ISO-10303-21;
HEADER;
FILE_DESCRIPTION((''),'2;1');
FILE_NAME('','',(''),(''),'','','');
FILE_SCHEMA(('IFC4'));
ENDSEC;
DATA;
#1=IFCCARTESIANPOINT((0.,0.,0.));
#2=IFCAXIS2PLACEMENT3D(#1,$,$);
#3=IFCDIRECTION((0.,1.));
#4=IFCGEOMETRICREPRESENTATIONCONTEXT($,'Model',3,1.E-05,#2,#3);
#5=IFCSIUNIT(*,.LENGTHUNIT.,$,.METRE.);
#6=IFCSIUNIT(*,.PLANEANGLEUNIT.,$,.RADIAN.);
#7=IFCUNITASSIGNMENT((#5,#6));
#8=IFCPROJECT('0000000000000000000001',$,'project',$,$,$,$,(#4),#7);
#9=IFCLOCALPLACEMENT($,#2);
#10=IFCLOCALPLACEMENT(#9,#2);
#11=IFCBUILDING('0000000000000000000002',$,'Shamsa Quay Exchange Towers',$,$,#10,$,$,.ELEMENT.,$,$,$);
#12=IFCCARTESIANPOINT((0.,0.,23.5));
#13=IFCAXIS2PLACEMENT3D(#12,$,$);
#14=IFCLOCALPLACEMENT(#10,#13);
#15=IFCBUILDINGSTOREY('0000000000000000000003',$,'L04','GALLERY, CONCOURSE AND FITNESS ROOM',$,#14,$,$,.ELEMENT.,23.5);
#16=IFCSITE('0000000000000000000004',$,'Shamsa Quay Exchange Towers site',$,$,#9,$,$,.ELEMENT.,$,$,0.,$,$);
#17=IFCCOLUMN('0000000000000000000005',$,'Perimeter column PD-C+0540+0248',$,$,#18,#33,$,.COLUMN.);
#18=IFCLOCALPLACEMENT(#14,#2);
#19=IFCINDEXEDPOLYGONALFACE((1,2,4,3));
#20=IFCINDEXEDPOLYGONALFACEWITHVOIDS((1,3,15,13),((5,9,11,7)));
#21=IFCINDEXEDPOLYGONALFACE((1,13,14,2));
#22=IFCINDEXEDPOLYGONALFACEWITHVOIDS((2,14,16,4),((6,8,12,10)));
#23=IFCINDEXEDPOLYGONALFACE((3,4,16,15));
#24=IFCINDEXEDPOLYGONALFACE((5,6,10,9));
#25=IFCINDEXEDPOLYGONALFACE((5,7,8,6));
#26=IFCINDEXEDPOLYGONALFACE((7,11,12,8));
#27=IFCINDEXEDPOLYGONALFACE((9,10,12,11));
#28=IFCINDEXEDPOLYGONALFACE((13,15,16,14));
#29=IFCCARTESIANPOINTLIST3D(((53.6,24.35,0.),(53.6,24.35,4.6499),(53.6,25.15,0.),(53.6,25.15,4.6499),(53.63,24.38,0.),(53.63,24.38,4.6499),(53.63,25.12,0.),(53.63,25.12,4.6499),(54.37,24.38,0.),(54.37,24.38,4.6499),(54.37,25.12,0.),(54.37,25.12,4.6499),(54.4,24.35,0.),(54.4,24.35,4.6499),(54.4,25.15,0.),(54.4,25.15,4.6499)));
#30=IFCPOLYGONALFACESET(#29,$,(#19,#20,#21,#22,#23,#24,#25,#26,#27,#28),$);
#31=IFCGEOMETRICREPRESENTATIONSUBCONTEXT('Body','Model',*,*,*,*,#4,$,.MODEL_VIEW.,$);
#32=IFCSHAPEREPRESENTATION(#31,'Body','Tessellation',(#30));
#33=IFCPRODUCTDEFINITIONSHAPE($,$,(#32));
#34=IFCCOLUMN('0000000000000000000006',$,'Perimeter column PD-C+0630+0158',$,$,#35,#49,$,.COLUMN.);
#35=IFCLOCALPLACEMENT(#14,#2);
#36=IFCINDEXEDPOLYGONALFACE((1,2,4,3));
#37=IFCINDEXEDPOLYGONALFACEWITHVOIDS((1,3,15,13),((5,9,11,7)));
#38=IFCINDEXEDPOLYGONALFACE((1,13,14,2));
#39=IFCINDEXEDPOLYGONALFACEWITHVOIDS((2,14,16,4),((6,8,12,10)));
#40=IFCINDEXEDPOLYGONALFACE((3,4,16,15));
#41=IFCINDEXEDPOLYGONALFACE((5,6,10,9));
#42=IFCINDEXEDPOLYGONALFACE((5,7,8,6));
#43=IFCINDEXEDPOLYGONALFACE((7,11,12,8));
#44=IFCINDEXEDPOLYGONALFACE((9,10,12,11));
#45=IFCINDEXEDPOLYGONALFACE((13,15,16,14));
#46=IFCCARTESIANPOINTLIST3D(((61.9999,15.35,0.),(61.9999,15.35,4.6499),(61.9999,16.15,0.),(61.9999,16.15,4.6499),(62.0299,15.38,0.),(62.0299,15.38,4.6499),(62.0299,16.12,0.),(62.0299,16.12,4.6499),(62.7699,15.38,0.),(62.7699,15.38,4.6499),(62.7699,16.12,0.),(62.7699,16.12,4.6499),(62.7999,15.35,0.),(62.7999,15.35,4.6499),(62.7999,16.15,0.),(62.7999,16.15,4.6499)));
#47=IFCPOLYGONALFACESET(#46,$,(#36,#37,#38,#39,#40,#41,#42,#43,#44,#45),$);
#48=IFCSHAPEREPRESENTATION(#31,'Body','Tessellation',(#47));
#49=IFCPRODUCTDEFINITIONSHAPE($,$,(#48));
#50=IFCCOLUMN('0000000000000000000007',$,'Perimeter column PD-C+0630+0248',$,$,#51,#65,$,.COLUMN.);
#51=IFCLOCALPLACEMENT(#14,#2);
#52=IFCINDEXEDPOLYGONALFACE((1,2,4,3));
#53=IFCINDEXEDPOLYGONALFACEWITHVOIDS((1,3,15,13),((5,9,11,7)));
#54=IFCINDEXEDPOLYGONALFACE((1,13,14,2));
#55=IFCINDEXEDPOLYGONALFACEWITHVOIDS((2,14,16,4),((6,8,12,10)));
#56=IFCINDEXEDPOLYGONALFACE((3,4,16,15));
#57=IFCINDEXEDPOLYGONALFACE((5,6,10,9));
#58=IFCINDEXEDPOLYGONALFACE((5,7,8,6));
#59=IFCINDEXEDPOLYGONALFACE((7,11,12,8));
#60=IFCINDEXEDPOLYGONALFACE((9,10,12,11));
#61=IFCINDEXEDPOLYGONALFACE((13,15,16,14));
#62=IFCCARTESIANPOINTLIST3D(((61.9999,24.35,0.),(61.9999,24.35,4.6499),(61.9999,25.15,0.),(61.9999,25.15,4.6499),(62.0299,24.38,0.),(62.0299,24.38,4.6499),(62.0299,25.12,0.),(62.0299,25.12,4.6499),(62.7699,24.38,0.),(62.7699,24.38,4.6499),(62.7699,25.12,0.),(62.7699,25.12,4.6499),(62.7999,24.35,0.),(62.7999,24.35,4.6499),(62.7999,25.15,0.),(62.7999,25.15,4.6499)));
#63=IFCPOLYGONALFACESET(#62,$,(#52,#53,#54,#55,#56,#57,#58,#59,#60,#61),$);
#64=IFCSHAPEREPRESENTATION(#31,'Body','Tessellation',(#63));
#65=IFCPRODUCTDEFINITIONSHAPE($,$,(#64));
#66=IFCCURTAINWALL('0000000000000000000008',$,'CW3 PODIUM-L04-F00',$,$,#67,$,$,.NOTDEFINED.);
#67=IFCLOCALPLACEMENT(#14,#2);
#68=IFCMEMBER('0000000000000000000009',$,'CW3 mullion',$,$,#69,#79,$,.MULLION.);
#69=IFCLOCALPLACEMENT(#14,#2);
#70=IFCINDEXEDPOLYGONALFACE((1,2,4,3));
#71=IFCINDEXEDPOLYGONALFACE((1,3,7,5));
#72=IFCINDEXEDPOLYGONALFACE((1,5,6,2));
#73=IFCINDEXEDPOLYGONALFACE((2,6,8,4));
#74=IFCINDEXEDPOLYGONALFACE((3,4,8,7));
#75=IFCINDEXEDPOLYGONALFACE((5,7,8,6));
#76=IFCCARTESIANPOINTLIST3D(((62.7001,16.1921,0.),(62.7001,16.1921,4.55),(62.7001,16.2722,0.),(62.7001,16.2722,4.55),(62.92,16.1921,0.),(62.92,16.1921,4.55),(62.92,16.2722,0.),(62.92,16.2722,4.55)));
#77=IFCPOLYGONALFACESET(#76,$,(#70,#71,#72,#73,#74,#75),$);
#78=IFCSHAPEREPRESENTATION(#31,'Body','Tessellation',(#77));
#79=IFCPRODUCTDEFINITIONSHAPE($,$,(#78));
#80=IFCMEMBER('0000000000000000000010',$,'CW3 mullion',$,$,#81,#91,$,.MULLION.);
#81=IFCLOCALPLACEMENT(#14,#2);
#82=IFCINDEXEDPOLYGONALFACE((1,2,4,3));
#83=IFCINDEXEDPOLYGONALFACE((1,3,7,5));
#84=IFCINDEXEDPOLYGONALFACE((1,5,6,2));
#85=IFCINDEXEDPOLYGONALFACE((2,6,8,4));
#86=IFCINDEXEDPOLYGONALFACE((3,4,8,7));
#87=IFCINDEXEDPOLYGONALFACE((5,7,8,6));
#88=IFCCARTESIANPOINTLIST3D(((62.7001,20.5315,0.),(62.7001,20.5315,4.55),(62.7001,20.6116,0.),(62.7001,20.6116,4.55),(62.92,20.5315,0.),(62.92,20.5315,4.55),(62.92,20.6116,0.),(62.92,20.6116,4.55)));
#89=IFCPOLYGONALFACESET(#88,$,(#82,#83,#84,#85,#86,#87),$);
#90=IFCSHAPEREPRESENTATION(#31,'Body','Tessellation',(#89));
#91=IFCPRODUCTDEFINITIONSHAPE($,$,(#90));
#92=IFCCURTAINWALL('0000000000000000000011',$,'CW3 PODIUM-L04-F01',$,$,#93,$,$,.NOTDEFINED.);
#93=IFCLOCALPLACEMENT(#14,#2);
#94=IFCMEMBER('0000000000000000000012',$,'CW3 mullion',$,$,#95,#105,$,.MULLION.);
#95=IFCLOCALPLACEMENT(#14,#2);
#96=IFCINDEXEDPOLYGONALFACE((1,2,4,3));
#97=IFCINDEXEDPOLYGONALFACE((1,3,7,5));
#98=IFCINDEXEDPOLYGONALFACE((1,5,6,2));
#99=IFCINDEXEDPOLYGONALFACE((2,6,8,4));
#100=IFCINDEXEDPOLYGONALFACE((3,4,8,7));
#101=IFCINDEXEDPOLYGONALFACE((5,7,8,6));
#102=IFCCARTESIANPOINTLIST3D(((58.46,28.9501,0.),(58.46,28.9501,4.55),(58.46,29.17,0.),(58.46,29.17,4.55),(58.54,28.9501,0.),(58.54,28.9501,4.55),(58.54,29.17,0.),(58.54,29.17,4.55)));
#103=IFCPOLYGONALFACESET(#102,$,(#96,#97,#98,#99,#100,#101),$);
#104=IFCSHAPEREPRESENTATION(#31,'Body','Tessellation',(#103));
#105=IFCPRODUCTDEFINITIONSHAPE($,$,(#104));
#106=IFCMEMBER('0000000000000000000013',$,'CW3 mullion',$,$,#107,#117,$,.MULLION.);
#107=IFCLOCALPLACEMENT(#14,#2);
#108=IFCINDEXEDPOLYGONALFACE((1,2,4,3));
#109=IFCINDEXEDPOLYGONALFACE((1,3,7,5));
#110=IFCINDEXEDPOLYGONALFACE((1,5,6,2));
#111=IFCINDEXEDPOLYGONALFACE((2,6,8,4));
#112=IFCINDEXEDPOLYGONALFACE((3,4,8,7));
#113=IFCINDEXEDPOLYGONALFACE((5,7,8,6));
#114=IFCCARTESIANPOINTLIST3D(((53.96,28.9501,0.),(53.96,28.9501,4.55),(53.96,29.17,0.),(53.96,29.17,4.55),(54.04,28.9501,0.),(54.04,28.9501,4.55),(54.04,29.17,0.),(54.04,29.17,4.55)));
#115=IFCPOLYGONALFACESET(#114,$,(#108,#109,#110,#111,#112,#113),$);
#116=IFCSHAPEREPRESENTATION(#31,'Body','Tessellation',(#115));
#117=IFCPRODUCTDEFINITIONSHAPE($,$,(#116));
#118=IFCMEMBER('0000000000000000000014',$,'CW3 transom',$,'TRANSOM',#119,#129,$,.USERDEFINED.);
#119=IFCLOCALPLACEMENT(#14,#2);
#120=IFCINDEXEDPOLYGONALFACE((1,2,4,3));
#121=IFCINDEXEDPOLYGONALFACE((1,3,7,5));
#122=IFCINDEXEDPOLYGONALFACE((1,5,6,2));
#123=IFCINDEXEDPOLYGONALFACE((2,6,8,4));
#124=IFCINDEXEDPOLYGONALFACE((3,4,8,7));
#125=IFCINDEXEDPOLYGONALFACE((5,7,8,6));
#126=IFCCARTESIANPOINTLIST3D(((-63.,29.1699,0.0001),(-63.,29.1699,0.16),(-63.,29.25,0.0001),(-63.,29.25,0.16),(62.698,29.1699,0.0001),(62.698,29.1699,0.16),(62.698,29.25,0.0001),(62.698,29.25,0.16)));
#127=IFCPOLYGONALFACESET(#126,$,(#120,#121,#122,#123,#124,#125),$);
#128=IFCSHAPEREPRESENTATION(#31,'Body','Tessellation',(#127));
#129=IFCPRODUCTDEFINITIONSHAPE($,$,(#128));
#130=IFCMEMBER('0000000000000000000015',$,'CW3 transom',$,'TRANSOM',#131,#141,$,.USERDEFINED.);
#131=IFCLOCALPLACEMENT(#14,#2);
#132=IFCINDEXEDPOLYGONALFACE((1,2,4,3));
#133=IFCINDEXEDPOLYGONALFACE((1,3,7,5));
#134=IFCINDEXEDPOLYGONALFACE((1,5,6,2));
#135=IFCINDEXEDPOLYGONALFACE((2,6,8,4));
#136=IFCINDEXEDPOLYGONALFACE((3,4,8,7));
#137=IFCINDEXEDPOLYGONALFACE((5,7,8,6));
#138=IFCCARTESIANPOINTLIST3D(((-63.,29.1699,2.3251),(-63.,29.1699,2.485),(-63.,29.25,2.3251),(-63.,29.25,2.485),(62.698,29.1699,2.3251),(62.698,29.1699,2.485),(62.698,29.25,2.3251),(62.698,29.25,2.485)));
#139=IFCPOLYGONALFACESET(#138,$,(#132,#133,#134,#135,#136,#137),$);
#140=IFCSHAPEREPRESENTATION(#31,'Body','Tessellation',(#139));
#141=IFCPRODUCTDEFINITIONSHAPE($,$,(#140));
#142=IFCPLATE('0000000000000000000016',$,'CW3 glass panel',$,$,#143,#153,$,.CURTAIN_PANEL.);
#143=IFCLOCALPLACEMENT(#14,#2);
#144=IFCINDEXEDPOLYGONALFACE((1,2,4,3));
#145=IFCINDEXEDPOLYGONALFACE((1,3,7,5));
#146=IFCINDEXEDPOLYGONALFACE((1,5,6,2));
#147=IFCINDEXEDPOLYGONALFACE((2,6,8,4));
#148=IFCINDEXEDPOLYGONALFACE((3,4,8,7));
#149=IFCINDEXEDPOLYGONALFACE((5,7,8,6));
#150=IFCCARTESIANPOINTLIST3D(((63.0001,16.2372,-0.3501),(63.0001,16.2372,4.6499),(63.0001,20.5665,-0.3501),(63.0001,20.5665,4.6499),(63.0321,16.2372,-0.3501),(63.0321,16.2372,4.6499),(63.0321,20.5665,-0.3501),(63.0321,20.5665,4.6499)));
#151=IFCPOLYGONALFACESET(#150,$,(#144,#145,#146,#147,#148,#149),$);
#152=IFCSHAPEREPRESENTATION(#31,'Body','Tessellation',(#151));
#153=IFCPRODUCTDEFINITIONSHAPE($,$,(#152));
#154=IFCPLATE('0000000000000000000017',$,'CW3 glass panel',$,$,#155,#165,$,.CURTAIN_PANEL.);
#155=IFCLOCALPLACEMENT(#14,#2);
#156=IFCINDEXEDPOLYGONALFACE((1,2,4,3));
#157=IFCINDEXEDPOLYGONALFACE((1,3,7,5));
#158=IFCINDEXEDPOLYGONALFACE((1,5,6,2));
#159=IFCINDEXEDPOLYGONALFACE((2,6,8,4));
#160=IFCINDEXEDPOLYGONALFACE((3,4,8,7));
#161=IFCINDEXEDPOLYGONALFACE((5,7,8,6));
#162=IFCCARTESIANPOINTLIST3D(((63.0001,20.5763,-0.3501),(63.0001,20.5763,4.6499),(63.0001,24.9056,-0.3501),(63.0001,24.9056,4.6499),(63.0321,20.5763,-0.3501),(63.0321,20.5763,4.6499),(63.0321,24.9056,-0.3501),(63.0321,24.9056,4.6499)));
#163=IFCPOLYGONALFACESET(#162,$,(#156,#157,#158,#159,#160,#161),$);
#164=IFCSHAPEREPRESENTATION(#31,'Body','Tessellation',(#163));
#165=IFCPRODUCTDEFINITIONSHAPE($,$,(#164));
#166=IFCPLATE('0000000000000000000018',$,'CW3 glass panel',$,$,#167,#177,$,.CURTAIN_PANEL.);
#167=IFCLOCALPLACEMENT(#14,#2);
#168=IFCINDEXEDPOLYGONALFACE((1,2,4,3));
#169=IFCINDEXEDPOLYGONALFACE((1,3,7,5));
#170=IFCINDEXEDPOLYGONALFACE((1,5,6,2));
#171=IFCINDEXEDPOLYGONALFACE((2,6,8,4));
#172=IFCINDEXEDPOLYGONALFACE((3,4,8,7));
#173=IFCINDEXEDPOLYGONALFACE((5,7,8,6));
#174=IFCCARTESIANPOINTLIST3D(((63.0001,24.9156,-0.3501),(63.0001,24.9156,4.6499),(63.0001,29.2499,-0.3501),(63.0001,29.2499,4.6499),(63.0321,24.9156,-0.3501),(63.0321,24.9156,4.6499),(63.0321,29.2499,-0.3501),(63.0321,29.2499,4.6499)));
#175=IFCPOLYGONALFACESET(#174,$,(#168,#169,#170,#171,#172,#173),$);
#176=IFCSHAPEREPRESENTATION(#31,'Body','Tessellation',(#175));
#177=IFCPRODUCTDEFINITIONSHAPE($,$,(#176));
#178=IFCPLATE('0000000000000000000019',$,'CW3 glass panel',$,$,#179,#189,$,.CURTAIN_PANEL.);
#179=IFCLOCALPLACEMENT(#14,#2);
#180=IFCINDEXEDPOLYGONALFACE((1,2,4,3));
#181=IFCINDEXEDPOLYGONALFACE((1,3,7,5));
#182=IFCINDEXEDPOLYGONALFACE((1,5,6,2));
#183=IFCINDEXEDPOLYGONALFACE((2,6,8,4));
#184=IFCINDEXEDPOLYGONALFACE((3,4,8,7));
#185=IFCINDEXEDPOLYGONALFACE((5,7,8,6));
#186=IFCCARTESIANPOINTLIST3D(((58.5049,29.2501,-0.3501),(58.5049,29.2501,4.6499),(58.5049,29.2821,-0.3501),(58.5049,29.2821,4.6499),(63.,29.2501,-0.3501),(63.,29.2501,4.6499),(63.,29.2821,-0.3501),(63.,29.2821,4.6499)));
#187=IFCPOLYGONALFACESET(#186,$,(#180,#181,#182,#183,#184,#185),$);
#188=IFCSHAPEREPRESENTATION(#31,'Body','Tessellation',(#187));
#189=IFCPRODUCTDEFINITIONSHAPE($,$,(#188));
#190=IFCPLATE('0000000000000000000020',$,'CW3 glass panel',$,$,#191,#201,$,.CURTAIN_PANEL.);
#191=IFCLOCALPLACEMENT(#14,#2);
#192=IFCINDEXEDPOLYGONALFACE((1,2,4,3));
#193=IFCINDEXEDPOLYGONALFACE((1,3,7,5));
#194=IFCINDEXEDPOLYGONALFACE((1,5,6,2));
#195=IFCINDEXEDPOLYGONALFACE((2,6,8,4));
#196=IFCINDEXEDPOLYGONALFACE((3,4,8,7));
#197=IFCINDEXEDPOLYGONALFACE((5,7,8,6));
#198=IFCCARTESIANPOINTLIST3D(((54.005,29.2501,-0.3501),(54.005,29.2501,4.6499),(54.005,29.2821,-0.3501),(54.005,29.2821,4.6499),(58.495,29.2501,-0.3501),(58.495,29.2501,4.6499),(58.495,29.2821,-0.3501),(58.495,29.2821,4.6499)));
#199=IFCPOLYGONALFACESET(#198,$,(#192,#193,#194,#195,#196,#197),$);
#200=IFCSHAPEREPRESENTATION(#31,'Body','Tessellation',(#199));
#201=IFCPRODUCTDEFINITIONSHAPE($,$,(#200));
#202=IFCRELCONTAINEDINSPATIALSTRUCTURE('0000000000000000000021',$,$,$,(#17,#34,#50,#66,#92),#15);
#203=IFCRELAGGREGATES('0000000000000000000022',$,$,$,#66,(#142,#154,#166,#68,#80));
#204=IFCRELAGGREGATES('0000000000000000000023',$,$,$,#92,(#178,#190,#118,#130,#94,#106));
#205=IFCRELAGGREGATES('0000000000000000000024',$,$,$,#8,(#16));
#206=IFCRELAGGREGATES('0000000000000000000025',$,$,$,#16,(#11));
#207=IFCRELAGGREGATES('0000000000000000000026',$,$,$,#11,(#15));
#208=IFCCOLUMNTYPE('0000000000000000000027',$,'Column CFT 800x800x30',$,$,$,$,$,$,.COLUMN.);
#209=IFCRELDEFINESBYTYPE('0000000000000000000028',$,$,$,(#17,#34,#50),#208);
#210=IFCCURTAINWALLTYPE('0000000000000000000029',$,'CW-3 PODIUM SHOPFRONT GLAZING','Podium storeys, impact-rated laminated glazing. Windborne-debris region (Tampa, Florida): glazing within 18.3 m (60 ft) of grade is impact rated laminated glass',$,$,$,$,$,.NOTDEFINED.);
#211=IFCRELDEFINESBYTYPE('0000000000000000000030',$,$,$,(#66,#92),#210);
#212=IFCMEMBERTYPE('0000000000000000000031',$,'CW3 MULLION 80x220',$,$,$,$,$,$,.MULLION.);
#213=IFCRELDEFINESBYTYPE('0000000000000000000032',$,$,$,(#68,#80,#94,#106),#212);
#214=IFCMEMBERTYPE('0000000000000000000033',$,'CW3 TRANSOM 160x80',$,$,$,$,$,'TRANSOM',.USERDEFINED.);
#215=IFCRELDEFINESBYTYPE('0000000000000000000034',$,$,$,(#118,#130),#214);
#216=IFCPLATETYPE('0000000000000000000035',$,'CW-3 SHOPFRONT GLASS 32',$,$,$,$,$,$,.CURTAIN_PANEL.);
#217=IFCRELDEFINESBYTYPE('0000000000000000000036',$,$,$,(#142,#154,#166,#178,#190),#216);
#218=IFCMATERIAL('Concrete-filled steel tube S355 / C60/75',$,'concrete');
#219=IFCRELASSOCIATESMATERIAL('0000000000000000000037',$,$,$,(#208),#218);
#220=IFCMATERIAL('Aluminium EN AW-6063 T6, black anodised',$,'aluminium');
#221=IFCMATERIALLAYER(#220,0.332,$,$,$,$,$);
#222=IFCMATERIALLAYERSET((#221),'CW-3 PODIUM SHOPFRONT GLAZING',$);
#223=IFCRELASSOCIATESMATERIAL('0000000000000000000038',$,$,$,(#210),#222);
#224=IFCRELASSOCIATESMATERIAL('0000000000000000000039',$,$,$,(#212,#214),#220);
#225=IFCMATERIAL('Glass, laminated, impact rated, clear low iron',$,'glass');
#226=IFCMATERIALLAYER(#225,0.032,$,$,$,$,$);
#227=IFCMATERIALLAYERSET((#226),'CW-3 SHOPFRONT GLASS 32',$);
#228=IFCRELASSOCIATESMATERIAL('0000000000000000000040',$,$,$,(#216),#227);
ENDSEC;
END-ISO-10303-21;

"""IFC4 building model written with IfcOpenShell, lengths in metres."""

from ifc_helpers import new_model, si_unit, direction, frame, origin, origin_2d, place, context, subcontext, project, spatial, rectangle, hollow_rectangle, extrude, material, layer, layer_set, material_profile, profile_set, type_object, element, aggregate, save


model = new_model("IFC4")

# Units and contexts
model_context = context("Model", 3, precision=1e-05, world=origin(), true_north=direction((0.0, 1.0)))
body_context = subcontext(model_context, "Body", "Model", "MODEL_VIEW")
ifc_project = project(units=[si_unit("LENGTHUNIT", "METRE"), si_unit("PLANEANGLEUNIT", "RADIAN")], contexts=[model_context])

# Site, building, storey
site_placement = place(None, origin())
site = spatial("IfcSite", under=ifc_project, at=site_placement, Name="Shamsa Quay Exchange Towers site", CompositionType="ELEMENT", RefElevation=0.0)
building_placement = place(site_placement, origin())
building = spatial("IfcBuilding", under=site, at=building_placement, Name="Shamsa Quay Exchange Towers", CompositionType="ELEMENT")
storey_placement = place(building_placement, frame((0.0, 0.0, 23.5)))
storey = spatial("IfcBuildingStorey", under=building, at=storey_placement, Name="L04", Description="GALLERY, CONCOURSE AND FITNESS ROOM", CompositionType="ELEMENT", Elevation=23.5)

# Columns
ifc_material_1 = material(Name="Concrete-filled steel tube S355 / C60/75", Category="concrete")
ifc_material_profile_1 = material_profile(ifc_material_1, hollow_rectangle(XDim=0.8, YDim=0.8, WallThickness=0.03, at=origin_2d()), Name="CFT 800x800x30")
ifc_profile_set_1 = profile_set([ifc_material_profile_1], Name="Concrete-filled steel tube S355 / C60/75")
column_type = type_object("IfcColumnType", Name="Column CFT 800x800x30", PredefinedType="COLUMN", material=ifc_profile_set_1)
for number, where, name in (
    (1, (54.0, 24.75, 0.0), "Perimeter column PD-C+0540+0248"),
    (2, (62.3999, 15.75, 0.0), "Perimeter column PD-C+0630+0158"),
    (3, (62.3999, 24.75, 0.0), "Perimeter column PD-C+0630+0248"),
):
    element("IfcColumn", number, at=place(storey_placement, frame(where)), inside=storey, type_object=column_type, Name=name, PredefinedType="COLUMN", context=body_context, shape_type="SweptSolid", body=[
        extrude(hollow_rectangle(XDim=0.8, YDim=0.8, WallThickness=0.03, at=origin_2d()), origin(), (0.0, 0.0, 1.0), 4.6499),
    ])

# Curtain walls, members
ifc_material_2 = material(Name="Aluminium EN AW-6063 T6, black anodised", Category="aluminium")
ifc_layer_1 = layer(ifc_material_2, 0.332)
ifc_layer_set_1 = layer_set([ifc_layer_1], Name="CW-3 PODIUM SHOPFRONT GLAZING")
curtain_wall_type = type_object("IfcCurtainWallType", Name="CW-3 PODIUM SHOPFRONT GLAZING", Description="Podium storeys, impact-rated laminated glazing. Windborne-debris region (Tampa, Florida): glazing within 18.3 m (60 ft) of grade is impact rated laminated glass", PredefinedType="NOTDEFINED", material=ifc_layer_set_1)
curtain_wall_1_placement = place(storey_placement, origin())
curtain_wall_1 = element("IfcCurtainWall", 4, at=curtain_wall_1_placement, inside=storey, type_object=curtain_wall_type, Name="CW3 PODIUM-L04-F00", PredefinedType="NOTDEFINED")
ifc_material_profile_2 = material_profile(ifc_material_2, rectangle(XDim=0.22, YDim=0.0801, at=origin_2d()), Name="MU80x220")
ifc_profile_set_2 = profile_set([ifc_material_profile_2], Name="Aluminium EN AW-6063 T6, black anodised")
member_type_1 = type_object("IfcMemberType", Name="CW3 MULLION 80x220", PredefinedType="MULLION", material=ifc_profile_set_2)
member_1_placement = place(storey_placement, frame((62.8101, 16.2322, 0.0), z_axis=(0.0, 0.0, 1.0), x_axis=(-1.0, 0.0, 0.0)))
member_1 = element("IfcMember", 5, at=member_1_placement, type_object=member_type_1, Name="CW3 mullion", PredefinedType="MULLION", context=body_context, shape_type="SweptSolid", body=[
    extrude(rectangle(XDim=0.22, YDim=0.0801, at=origin_2d()), origin(), (0.0, 0.0, 1.0), 4.55),
])
member_2_placement = place(storey_placement, frame((62.8101, 20.5715, 0.0), z_axis=(0.0, 0.0, 1.0), x_axis=(-1.0, 0.0, 0.0)))
member_2 = element("IfcMember", 6, at=member_2_placement, type_object=member_type_1, Name="CW3 mullion", PredefinedType="MULLION", context=body_context, shape_type="SweptSolid", body=[
    extrude(rectangle(XDim=0.22, YDim=0.0801, at=origin_2d()), origin(), (0.0, 0.0, 1.0), 4.55),
])
curtain_wall_2_placement = place(storey_placement, origin())
curtain_wall_2 = element("IfcCurtainWall", 7, at=curtain_wall_2_placement, inside=storey, type_object=curtain_wall_type, Name="CW3 PODIUM-L04-F01", PredefinedType="NOTDEFINED")
member_3_placement = place(storey_placement, frame((58.5, 29.0601, 0.0), z_axis=(0.0, 0.0, 1.0), x_axis=(0.0, -1.0, 0.0)))
member_3 = element("IfcMember", 8, at=member_3_placement, type_object=member_type_1, Name="CW3 mullion", PredefinedType="MULLION", context=body_context, shape_type="SweptSolid", body=[
    extrude(rectangle(XDim=0.22, YDim=0.0801, at=origin_2d()), origin(), (0.0, 0.0, 1.0), 4.55),
])
member_4_placement = place(storey_placement, frame((54.0, 29.0601, 0.0), z_axis=(0.0, 0.0, 1.0), x_axis=(0.0, -1.0, 0.0)))
member_4 = element("IfcMember", 9, at=member_4_placement, type_object=member_type_1, Name="CW3 mullion", PredefinedType="MULLION", context=body_context, shape_type="SweptSolid", body=[
    extrude(rectangle(XDim=0.22, YDim=0.0801, at=origin_2d()), origin(), (0.0, 0.0, 1.0), 4.55),
])
ifc_material_profile_3 = material_profile(ifc_material_2, rectangle(XDim=0.0801, YDim=0.1599, at=origin_2d()), Name="TR160x80")
ifc_profile_set_3 = profile_set([ifc_material_profile_3], Name="Aluminium EN AW-6063 T6, black anodised")
member_type_2 = type_object("IfcMemberType", Name="CW3 TRANSOM 160x80", ElementType="TRANSOM", PredefinedType="USERDEFINED", material=ifc_profile_set_3)
member_5_placement = place(storey_placement, frame((62.698, 29.21, 0.0801), z_axis=(-1.0, 0.0, 0.0), x_axis=(0.0, -1.0, 0.0)))
member_5 = element("IfcMember", 10, at=member_5_placement, type_object=member_type_2, Name="CW3 transom", ObjectType="TRANSOM", PredefinedType="USERDEFINED", context=body_context, shape_type="SweptSolid", body=[
    extrude(rectangle(XDim=0.0801, YDim=0.1599, at=origin_2d()), origin(), (0.0, 0.0, 1.0), 125.698),
])
member_6_placement = place(storey_placement, frame((62.698, 29.21, 2.405), z_axis=(-1.0, 0.0, 0.0), x_axis=(0.0, -1.0, 0.0)))
member_6 = element("IfcMember", 11, at=member_6_placement, type_object=member_type_2, Name="CW3 transom", ObjectType="TRANSOM", PredefinedType="USERDEFINED", context=body_context, shape_type="SweptSolid", body=[
    extrude(rectangle(XDim=0.0801, YDim=0.1599, at=origin_2d()), origin(), (0.0, 0.0, 1.0), 125.698),
])

# Plates
ifc_material_3 = material(Name="Glass, laminated, impact rated, clear low iron", Category="glass")
ifc_layer_2 = layer(ifc_material_3, 0.032)
ifc_layer_set_2 = layer_set([ifc_layer_2], Name="CW-3 SHOPFRONT GLASS 32")
plate_type = type_object("IfcPlateType", Name="CW-3 SHOPFRONT GLASS 32", PredefinedType="CURTAIN_PANEL", material=ifc_layer_set_2)
plate_1_placement = place(storey_placement, frame((63.0161, 18.4019, -0.3501), z_axis=(0.0, 0.0, 1.0), x_axis=(0.0, 1.0, 0.0)))
plate_1 = element("IfcPlate", 12, at=plate_1_placement, type_object=plate_type, Name="CW3 glass panel", PredefinedType="CURTAIN_PANEL", context=body_context, shape_type="SweptSolid", body=[
    extrude(rectangle(XDim=4.3293, YDim=0.032, at=origin_2d()), origin(), (0.0, 0.0, 1.0), 5.0),
])
plate_2_placement = place(storey_placement, frame((63.0161, 22.741, -0.3501), z_axis=(0.0, 0.0, 1.0), x_axis=(0.0, 1.0, 0.0)))
plate_2 = element("IfcPlate", 13, at=plate_2_placement, type_object=plate_type, Name="CW3 glass panel", PredefinedType="CURTAIN_PANEL", context=body_context, shape_type="SweptSolid", body=[
    extrude(rectangle(XDim=4.3293, YDim=0.032, at=origin_2d()), origin(), (0.0, 0.0, 1.0), 5.0),
])
plate_3_placement = place(storey_placement, frame((63.0161, 27.0828, -0.3501), z_axis=(0.0, 0.0, 1.0), x_axis=(0.0, 1.0, 0.0)))
plate_3 = element("IfcPlate", 14, at=plate_3_placement, type_object=plate_type, Name="CW3 glass panel", PredefinedType="CURTAIN_PANEL", context=body_context, shape_type="SweptSolid", body=[
    extrude(rectangle(XDim=4.3342, YDim=0.032, at=origin_2d()), origin(), (0.0, 0.0, 1.0), 5.0),
])
aggregate(curtain_wall_1, [plate_1, plate_2, plate_3, member_1, member_2])
plate_4_placement = place(storey_placement, frame((60.7524, 29.2661, -0.3501), z_axis=(0.0, 0.0, 1.0), x_axis=(-1.0, 0.0, 0.0)))
plate_4 = element("IfcPlate", 15, at=plate_4_placement, type_object=plate_type, Name="CW3 glass panel", PredefinedType="CURTAIN_PANEL", context=body_context, shape_type="SweptSolid", body=[
    extrude(rectangle(XDim=4.4951, YDim=0.032, at=origin_2d()), origin(), (0.0, 0.0, 1.0), 5.0),
])
plate_5_placement = place(storey_placement, frame((56.25, 29.2661, -0.3501), z_axis=(0.0, 0.0, 1.0), x_axis=(-1.0, 0.0, 0.0)))
plate_5 = element("IfcPlate", 16, at=plate_5_placement, type_object=plate_type, Name="CW3 glass panel", PredefinedType="CURTAIN_PANEL", context=body_context, shape_type="SweptSolid", body=[
    extrude(rectangle(XDim=4.49, YDim=0.032, at=origin_2d()), origin(), (0.0, 0.0, 1.0), 5.0),
])
aggregate(curtain_wall_2, [plate_4, plate_5, member_5, member_6, member_3, member_4])

save(model, "model.ifc")
